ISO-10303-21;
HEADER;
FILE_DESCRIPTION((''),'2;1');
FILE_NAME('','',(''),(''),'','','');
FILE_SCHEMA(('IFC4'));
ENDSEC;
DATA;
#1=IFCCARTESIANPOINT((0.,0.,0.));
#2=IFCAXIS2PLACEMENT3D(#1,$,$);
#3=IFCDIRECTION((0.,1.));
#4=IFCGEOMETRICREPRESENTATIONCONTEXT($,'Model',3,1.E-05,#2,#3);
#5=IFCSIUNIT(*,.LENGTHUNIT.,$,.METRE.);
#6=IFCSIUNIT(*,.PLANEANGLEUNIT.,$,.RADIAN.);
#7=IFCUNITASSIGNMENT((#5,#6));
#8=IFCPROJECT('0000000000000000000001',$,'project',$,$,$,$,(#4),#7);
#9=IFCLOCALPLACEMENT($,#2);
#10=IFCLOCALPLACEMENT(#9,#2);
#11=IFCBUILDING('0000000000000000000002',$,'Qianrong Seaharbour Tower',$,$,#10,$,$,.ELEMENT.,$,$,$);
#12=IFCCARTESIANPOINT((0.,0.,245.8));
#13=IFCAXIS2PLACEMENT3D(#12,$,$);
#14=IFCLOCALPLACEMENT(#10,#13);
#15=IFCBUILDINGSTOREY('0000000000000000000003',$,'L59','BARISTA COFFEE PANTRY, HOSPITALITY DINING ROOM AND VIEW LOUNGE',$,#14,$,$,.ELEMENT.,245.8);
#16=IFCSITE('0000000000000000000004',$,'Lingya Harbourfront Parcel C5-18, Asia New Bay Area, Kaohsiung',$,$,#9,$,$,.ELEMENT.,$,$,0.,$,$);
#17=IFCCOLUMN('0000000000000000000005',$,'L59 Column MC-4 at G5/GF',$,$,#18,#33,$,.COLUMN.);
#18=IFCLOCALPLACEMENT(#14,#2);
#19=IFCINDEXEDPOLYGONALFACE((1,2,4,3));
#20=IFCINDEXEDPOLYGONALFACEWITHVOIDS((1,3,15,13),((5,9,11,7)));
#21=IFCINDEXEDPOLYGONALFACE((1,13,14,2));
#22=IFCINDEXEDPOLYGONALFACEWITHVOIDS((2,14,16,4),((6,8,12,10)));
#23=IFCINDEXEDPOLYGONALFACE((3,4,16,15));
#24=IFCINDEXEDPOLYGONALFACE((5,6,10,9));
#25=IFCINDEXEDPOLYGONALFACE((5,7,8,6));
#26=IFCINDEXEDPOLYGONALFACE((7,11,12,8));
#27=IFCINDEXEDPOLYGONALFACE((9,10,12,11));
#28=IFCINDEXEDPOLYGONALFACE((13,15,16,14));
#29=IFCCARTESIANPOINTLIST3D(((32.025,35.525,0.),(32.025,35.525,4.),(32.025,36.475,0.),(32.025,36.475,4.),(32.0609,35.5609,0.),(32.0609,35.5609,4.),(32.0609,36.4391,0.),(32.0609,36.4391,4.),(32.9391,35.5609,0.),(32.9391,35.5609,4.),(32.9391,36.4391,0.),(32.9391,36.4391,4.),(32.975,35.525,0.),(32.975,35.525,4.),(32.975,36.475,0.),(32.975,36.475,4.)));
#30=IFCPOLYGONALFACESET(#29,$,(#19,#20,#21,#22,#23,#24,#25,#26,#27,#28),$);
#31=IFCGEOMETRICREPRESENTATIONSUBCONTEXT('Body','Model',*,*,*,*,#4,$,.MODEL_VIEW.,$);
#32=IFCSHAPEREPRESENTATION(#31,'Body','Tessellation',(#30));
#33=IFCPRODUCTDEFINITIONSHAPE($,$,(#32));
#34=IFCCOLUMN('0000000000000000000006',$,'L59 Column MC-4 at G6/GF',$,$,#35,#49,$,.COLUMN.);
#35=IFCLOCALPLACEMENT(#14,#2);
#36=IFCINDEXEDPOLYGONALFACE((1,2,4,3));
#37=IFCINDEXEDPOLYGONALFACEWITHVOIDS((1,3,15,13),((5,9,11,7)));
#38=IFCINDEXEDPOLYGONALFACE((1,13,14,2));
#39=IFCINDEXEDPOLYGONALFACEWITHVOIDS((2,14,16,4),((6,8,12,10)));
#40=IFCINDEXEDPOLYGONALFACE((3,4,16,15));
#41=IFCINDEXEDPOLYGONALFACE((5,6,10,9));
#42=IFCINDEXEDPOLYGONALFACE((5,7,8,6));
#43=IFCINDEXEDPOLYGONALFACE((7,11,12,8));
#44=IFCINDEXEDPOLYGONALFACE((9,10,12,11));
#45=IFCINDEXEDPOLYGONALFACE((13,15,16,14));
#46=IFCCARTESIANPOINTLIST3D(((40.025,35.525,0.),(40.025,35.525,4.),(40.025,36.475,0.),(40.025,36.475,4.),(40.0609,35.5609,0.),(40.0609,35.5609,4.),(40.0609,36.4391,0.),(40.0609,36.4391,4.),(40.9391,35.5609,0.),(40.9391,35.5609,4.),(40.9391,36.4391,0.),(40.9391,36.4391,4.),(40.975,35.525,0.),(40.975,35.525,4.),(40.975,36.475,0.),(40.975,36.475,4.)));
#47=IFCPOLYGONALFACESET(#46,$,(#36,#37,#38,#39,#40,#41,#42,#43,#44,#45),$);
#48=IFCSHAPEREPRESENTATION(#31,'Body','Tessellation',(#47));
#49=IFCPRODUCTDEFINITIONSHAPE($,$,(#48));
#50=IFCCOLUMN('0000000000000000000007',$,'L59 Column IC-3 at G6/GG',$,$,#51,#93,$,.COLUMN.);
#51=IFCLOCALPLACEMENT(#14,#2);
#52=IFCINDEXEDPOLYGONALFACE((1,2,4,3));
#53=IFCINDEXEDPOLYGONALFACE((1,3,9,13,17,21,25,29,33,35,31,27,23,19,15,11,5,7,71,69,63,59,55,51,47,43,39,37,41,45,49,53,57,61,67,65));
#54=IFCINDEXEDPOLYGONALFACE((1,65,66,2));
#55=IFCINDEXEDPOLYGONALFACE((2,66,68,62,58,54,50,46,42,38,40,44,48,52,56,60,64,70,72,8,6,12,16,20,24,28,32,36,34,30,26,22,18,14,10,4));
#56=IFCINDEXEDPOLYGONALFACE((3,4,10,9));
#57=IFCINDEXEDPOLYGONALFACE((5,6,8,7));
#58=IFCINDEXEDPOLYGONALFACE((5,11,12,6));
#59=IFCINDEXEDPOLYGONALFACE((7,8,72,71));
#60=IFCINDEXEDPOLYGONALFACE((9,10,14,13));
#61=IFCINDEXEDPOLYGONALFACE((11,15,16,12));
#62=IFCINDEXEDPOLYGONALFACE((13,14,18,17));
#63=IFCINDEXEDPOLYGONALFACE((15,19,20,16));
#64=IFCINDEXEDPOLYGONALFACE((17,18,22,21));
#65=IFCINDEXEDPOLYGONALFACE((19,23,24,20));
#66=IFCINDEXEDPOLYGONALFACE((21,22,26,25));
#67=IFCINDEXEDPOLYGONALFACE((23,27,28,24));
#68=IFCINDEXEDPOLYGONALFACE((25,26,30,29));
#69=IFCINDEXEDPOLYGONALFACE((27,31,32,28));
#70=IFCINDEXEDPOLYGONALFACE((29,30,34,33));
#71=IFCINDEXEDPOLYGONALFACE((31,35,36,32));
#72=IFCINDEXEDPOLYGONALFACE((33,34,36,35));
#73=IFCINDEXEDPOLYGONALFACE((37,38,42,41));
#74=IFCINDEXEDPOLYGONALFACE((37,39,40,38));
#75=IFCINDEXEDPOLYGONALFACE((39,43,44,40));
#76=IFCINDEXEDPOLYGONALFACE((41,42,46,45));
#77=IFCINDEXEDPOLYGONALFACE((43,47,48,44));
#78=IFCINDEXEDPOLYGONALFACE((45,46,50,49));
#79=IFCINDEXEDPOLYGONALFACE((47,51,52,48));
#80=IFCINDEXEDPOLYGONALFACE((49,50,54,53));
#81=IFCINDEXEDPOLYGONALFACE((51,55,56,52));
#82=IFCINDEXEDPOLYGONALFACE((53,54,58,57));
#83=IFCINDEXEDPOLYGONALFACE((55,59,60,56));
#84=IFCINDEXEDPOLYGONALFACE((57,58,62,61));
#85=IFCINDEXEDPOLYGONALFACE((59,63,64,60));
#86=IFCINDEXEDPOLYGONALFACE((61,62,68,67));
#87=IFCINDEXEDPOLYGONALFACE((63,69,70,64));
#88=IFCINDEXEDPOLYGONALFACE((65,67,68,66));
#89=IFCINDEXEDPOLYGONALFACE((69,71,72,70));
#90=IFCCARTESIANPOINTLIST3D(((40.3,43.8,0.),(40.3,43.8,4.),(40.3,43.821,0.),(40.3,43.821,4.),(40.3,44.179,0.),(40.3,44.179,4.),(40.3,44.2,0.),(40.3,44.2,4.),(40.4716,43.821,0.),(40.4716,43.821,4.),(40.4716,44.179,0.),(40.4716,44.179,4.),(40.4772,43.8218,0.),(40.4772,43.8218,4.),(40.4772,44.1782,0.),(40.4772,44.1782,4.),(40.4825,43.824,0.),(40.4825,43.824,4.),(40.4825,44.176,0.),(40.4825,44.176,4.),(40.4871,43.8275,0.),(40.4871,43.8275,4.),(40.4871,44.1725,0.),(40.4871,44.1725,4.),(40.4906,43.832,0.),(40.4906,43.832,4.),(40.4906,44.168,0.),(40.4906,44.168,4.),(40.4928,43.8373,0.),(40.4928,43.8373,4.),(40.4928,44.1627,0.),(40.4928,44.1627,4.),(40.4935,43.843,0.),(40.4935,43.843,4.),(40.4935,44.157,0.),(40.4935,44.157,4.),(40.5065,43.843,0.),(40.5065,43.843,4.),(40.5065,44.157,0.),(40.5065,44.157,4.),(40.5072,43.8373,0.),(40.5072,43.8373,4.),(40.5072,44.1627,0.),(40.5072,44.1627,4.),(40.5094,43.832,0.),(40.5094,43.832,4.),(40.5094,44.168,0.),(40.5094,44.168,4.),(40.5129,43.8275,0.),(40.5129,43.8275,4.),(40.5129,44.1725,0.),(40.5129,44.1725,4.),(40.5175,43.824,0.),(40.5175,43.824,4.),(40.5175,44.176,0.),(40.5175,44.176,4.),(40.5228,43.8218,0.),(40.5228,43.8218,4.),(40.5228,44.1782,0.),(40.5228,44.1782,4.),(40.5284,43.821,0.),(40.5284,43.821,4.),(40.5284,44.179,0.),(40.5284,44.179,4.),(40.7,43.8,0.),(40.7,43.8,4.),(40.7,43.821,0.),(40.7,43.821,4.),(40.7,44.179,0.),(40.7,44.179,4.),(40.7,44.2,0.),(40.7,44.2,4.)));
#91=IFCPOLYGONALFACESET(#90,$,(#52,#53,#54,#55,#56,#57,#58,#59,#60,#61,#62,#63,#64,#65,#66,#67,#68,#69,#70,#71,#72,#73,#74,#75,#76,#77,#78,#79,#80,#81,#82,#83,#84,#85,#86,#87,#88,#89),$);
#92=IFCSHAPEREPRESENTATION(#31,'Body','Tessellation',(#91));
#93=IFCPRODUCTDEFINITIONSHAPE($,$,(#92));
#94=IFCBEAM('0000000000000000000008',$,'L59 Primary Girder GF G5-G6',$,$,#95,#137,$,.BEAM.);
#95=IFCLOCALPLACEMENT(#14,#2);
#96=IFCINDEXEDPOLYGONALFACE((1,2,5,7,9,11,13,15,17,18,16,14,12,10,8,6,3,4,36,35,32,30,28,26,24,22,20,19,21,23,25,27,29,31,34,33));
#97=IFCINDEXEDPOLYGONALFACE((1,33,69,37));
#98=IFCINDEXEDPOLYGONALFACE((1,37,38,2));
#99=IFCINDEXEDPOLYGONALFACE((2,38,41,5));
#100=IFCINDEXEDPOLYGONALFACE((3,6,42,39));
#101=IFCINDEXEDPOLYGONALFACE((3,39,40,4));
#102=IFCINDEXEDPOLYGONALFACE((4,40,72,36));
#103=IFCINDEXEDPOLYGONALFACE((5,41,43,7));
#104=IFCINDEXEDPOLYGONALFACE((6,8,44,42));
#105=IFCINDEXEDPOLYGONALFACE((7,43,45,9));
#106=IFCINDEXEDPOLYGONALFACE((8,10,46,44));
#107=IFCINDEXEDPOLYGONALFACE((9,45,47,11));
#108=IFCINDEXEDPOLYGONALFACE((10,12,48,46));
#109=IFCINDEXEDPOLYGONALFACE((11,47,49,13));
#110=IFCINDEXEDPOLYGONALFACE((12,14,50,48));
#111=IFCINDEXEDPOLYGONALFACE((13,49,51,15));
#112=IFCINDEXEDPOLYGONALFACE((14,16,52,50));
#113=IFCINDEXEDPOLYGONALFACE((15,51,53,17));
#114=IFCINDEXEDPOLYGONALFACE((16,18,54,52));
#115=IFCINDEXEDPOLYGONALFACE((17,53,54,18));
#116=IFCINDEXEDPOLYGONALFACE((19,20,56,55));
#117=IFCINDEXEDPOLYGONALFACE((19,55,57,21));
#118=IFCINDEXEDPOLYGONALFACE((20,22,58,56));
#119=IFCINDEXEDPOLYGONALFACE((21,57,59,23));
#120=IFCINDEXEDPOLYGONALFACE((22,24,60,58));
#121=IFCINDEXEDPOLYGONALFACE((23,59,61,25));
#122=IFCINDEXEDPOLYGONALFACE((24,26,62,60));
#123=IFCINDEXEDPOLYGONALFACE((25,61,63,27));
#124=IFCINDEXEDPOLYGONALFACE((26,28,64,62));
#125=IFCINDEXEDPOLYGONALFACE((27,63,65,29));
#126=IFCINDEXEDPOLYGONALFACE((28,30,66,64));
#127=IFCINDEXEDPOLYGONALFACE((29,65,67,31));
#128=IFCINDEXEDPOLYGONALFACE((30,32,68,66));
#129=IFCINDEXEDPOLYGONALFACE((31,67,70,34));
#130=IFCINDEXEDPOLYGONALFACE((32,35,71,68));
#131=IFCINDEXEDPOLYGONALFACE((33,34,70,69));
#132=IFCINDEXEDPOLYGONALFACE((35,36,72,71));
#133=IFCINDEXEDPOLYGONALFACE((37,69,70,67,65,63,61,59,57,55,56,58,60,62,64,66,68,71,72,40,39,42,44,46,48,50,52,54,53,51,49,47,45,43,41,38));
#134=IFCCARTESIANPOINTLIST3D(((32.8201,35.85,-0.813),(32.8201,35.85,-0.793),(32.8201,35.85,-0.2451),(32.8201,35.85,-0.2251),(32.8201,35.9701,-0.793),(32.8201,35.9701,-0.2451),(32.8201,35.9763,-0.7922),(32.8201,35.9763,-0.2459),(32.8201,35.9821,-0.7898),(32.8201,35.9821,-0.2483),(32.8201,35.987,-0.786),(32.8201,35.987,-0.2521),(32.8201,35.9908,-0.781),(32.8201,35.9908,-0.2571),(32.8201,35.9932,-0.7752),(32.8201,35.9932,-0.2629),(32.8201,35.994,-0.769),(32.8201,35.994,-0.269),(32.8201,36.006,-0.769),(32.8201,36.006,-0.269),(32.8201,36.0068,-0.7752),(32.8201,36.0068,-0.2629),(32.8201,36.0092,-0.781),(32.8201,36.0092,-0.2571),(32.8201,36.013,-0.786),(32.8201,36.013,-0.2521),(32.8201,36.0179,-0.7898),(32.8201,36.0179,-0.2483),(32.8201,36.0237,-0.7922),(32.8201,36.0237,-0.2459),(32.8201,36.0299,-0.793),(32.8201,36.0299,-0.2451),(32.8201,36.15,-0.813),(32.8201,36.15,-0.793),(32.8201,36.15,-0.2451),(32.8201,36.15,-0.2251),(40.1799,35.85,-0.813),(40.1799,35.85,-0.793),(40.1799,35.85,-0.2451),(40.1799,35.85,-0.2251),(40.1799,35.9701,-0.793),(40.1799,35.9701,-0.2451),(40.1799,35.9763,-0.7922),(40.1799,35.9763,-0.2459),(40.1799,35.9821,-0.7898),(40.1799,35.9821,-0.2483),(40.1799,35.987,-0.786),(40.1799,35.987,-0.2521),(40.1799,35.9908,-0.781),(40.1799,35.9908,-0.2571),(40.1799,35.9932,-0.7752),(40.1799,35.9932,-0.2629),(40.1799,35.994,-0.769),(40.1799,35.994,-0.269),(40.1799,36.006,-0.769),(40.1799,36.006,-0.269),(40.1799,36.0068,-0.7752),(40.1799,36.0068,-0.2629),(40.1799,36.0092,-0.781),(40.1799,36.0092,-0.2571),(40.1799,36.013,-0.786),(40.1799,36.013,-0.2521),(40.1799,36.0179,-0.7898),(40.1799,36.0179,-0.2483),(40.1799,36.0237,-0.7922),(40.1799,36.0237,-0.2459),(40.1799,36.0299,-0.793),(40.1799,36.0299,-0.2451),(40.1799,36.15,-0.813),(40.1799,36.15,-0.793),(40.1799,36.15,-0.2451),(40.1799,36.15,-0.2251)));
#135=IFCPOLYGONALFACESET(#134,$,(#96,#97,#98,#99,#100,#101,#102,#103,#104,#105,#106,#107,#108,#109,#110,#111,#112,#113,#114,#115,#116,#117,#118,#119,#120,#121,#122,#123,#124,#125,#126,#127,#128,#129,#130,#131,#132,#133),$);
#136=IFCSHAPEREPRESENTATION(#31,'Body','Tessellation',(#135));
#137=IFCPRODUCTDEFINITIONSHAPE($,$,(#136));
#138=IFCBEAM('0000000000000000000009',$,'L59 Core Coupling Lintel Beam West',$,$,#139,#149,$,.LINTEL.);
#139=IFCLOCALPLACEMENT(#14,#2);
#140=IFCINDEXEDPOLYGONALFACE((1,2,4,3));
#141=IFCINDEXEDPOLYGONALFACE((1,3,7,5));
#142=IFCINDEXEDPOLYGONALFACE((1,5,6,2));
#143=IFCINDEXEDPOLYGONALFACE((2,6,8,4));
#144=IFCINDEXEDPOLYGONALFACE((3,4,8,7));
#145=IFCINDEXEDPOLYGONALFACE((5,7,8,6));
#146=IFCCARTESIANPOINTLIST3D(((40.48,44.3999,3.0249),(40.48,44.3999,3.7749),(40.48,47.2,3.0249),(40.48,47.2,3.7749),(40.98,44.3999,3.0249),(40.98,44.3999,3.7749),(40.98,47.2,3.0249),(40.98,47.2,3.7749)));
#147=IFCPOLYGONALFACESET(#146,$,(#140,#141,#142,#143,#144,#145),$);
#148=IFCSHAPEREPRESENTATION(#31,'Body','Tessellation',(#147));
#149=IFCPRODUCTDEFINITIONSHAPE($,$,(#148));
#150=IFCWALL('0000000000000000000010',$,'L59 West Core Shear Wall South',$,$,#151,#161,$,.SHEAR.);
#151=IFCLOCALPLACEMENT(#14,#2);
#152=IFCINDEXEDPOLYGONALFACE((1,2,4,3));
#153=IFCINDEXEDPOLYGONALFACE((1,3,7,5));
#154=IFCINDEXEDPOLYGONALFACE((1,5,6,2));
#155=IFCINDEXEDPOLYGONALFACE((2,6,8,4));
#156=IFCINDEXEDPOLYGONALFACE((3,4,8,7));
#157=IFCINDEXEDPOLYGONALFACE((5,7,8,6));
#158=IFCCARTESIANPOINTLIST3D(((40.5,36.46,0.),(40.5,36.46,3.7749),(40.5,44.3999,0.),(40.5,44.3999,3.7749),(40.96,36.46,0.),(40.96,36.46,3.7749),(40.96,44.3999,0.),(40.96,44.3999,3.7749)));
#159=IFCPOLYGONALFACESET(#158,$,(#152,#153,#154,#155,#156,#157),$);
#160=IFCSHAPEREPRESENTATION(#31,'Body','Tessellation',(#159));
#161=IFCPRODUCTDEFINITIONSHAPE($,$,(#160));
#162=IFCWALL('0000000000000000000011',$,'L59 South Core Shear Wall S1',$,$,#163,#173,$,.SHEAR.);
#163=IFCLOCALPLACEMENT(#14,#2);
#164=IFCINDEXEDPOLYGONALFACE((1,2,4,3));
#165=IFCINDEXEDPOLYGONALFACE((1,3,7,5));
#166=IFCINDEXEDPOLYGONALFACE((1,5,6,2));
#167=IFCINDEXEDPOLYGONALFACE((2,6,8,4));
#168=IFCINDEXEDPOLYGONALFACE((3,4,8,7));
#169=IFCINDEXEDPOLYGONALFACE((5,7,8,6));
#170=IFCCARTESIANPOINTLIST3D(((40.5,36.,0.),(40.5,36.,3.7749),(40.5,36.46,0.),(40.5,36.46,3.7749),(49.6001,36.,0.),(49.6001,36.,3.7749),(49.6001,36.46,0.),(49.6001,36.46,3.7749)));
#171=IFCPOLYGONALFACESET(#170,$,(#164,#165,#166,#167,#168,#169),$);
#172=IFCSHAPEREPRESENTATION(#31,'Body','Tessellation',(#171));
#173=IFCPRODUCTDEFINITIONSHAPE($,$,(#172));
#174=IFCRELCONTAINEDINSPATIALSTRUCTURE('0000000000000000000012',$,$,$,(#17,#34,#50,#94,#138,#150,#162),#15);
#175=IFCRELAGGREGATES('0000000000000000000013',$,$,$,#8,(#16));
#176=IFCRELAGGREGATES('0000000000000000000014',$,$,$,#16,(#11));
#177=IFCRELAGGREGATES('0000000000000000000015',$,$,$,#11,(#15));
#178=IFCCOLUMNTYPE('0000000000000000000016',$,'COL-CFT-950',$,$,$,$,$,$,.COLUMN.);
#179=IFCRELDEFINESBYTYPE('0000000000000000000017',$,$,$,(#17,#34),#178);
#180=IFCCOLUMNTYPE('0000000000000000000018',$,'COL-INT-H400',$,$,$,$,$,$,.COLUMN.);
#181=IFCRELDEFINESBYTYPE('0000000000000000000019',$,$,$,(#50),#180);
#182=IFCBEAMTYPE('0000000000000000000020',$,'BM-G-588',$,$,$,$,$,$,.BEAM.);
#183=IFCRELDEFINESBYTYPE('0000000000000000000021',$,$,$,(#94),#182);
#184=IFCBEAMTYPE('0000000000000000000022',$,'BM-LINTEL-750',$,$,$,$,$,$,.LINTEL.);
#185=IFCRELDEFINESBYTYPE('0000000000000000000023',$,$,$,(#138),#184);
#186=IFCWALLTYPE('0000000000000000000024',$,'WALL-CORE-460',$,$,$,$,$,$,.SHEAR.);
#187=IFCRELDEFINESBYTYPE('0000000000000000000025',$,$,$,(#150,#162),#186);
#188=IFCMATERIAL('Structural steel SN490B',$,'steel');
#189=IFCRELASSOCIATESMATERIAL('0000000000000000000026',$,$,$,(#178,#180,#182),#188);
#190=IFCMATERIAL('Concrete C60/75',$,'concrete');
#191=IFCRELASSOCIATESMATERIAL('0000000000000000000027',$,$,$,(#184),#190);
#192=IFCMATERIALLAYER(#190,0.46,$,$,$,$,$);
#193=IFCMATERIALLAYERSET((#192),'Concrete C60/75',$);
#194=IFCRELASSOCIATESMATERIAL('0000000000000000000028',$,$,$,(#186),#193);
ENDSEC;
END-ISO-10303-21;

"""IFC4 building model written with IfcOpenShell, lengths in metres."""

from ifc_helpers import new_model, si_unit, direction, frame, frame_2d, origin, origin_2d, place, context, subcontext, project, spatial, rectangle, hollow_rectangle, i_section, extrude, material, layer, layer_set, material_profile, profile_set, type_object, element, save


model = new_model("IFC4")

# Units and contexts
model_context = context("Model", 3, precision=1e-05, world=origin(), true_north=direction((0.0, 1.0)))
body_context = subcontext(model_context, "Body", "Model", "MODEL_VIEW")
ifc_project = project(units=[si_unit("LENGTHUNIT", "METRE"), si_unit("PLANEANGLEUNIT", "RADIAN")], contexts=[model_context])

# Site, building, storey
site_placement = place(None, origin())
site = spatial("IfcSite", under=ifc_project, at=site_placement, Name="Lingya Harbourfront Parcel C5-18, Asia New Bay Area, Kaohsiung", CompositionType="ELEMENT", RefElevation=0.0)
building_placement = place(site_placement, origin())
building = spatial("IfcBuilding", under=site, at=building_placement, Name="Qianrong Seaharbour Tower", CompositionType="ELEMENT")
storey_placement = place(building_placement, frame((0.0, 0.0, 245.8)))
storey = spatial("IfcBuildingStorey", under=building, at=storey_placement, Name="L59", Description="BARISTA COFFEE PANTRY, HOSPITALITY DINING ROOM AND VIEW LOUNGE", CompositionType="ELEMENT", Elevation=245.8)

# Columns
ifc_material_1 = material(Name="Structural steel SN490B", Category="steel")
ifc_material_profile_1 = material_profile(ifc_material_1, hollow_rectangle(XDim=0.95, YDim=0.95, WallThickness=0.0359, at=origin_2d()), Name="BOX950x950x36")
ifc_profile_set_1 = profile_set([ifc_material_profile_1], Name="Structural steel SN490B")
column_type_1 = type_object("IfcColumnType", Name="COL-CFT-950", PredefinedType="COLUMN", material=ifc_profile_set_1)
for number, where, z_axis, x_axis, name in (
    (1, (32.5, 36.0, 0.0), (0.0, 0.0, 1.0), (1.0, 0.0, 0.0), "L59 Column MC-4 at G5/GF"),
    (2, (40.5, 36.0, 0.0), (0.0, 0.0, 1.0), (1.0, 0.0, 0.0), "L59 Column MC-4 at G6/GF"),
):
    element("IfcColumn", number, at=place(storey_placement, frame(where, z_axis=z_axis, x_axis=x_axis)), inside=storey, type_object=column_type_1, Name=name, PredefinedType="COLUMN", context=body_context, shape_type="SweptSolid", body=[
        extrude(hollow_rectangle(XDim=0.95, YDim=0.95, WallThickness=0.0359, at=origin_2d()), origin(), (0.0, 0.0, 1.0), 4.0),
    ])
ifc_material_profile_2 = material_profile(ifc_material_1, i_section(OverallWidth=0.3999, OverallDepth=0.3999, WebThickness=0.0129, FlangeThickness=0.021, FilletRadius=0.022, at=origin_2d()), Name="H400x400x13x21")
ifc_profile_set_2 = profile_set([ifc_material_profile_2], Name="Structural steel SN490B")
column_type_2 = type_object("IfcColumnType", Name="COL-INT-H400", PredefinedType="COLUMN", material=ifc_profile_set_2)
column_placement = place(storey_placement, frame((40.5, 44.0, 0.0), z_axis=(0.0, 0.0, 1.0), x_axis=(1.0, 0.0, 0.0)))
element("IfcColumn", 3, at=column_placement, inside=storey, type_object=column_type_2, Name="L59 Column IC-3 at G6/GG", PredefinedType="COLUMN", context=body_context, shape_type="SweptSolid", body=[
    extrude(i_section(OverallWidth=0.3999, OverallDepth=0.3999, WebThickness=0.0129, FlangeThickness=0.021, FilletRadius=0.022, at=origin_2d()), origin(), (0.0, 0.0, 1.0), 4.0),
])

# Beams
ifc_material_profile_3 = material_profile(ifc_material_1, i_section(OverallWidth=0.3, OverallDepth=0.5879, WebThickness=0.012, FlangeThickness=0.02, FilletRadius=0.0239, at=origin_2d()), Name="H588x300x12x20")
ifc_profile_set_3 = profile_set([ifc_material_profile_3], Name="Structural steel SN490B")
beam_type_1 = type_object("IfcBeamType", Name="BM-G-588", PredefinedType="BEAM", material=ifc_profile_set_3)
beam_1_placement = place(storey_placement, frame((32.8201, 36.0, -0.519), z_axis=(1.0, 0.0, 0.0), x_axis=(0.0, 1.0, 0.0)))
element("IfcBeam", 4, at=beam_1_placement, inside=storey, type_object=beam_type_1, Name="L59 Primary Girder GF G5-G6", PredefinedType="BEAM", context=body_context, shape_type="SweptSolid", body=[
    extrude(i_section(OverallWidth=0.3, OverallDepth=0.5879, WebThickness=0.012, FlangeThickness=0.02, FilletRadius=0.0239, at=origin_2d()), origin(), (0.0, 0.0, 1.0), 7.3599),
])
ifc_material_2 = material(Name="Concrete C60/75", Category="concrete")
ifc_material_profile_4 = material_profile(ifc_material_2, rectangle(XDim=0.5, YDim=0.75, at=origin_2d()), Name="RC500x750")
ifc_profile_set_4 = profile_set([ifc_material_profile_4], Name="Concrete C60/75")
beam_type_2 = type_object("IfcBeamType", Name="BM-LINTEL-750", PredefinedType="LINTEL", material=ifc_profile_set_4)
beam_2_placement = place(storey_placement, frame((40.73, 44.3999, 3.3999), z_axis=(0.0, 1.0, 0.0), x_axis=(-1.0, 0.0, 0.0)))
element("IfcBeam", 5, at=beam_2_placement, inside=storey, type_object=beam_type_2, Name="L59 Core Coupling Lintel Beam West", PredefinedType="LINTEL", context=body_context, shape_type="SweptSolid", body=[
    extrude(rectangle(XDim=0.5, YDim=0.75, at=origin_2d()), origin(), (0.0, 0.0, 1.0), 2.8),
])

# Walls
ifc_layer_1 = layer(ifc_material_2, 0.46)
ifc_layer_set_1 = layer_set([ifc_layer_1], Name="Concrete C60/75")
wall_type_1 = type_object("IfcWallType", Name="WALL-CORE-460", PredefinedType="SHEAR", material=ifc_layer_set_1)
wall_1_placement = place(storey_placement, frame((40.73, 36.46, 0.0), z_axis=(0.0, 0.0, 1.0), x_axis=(0.0, 1.0, 0.0)))
element("IfcWall", 6, at=wall_1_placement, inside=storey, type_object=wall_type_1, Name="L59 West Core Shear Wall South", PredefinedType="SHEAR", context=body_context, shape_type="SweptSolid", body=[
    extrude(rectangle(XDim=7.9399, YDim=0.46, at=frame_2d((3.97, 0.0))), origin(), (0.0, 0.0, 1.0), 3.7749),
])
wall_2_placement = place(storey_placement, frame((40.5, 36.23, 0.0), z_axis=(0.0, 0.0, 1.0), x_axis=(1.0, 0.0, 0.0)))
element("IfcWall", 7, at=wall_2_placement, inside=storey, type_object=wall_type_1, Name="L59 South Core Shear Wall S1", PredefinedType="SHEAR", context=body_context, shape_type="SweptSolid", body=[
    extrude(rectangle(XDim=9.1001, YDim=0.46, at=frame_2d((4.55, 0.0))), origin(), (0.0, 0.0, 1.0), 3.7749),
])

save(model, "model.ifc")
